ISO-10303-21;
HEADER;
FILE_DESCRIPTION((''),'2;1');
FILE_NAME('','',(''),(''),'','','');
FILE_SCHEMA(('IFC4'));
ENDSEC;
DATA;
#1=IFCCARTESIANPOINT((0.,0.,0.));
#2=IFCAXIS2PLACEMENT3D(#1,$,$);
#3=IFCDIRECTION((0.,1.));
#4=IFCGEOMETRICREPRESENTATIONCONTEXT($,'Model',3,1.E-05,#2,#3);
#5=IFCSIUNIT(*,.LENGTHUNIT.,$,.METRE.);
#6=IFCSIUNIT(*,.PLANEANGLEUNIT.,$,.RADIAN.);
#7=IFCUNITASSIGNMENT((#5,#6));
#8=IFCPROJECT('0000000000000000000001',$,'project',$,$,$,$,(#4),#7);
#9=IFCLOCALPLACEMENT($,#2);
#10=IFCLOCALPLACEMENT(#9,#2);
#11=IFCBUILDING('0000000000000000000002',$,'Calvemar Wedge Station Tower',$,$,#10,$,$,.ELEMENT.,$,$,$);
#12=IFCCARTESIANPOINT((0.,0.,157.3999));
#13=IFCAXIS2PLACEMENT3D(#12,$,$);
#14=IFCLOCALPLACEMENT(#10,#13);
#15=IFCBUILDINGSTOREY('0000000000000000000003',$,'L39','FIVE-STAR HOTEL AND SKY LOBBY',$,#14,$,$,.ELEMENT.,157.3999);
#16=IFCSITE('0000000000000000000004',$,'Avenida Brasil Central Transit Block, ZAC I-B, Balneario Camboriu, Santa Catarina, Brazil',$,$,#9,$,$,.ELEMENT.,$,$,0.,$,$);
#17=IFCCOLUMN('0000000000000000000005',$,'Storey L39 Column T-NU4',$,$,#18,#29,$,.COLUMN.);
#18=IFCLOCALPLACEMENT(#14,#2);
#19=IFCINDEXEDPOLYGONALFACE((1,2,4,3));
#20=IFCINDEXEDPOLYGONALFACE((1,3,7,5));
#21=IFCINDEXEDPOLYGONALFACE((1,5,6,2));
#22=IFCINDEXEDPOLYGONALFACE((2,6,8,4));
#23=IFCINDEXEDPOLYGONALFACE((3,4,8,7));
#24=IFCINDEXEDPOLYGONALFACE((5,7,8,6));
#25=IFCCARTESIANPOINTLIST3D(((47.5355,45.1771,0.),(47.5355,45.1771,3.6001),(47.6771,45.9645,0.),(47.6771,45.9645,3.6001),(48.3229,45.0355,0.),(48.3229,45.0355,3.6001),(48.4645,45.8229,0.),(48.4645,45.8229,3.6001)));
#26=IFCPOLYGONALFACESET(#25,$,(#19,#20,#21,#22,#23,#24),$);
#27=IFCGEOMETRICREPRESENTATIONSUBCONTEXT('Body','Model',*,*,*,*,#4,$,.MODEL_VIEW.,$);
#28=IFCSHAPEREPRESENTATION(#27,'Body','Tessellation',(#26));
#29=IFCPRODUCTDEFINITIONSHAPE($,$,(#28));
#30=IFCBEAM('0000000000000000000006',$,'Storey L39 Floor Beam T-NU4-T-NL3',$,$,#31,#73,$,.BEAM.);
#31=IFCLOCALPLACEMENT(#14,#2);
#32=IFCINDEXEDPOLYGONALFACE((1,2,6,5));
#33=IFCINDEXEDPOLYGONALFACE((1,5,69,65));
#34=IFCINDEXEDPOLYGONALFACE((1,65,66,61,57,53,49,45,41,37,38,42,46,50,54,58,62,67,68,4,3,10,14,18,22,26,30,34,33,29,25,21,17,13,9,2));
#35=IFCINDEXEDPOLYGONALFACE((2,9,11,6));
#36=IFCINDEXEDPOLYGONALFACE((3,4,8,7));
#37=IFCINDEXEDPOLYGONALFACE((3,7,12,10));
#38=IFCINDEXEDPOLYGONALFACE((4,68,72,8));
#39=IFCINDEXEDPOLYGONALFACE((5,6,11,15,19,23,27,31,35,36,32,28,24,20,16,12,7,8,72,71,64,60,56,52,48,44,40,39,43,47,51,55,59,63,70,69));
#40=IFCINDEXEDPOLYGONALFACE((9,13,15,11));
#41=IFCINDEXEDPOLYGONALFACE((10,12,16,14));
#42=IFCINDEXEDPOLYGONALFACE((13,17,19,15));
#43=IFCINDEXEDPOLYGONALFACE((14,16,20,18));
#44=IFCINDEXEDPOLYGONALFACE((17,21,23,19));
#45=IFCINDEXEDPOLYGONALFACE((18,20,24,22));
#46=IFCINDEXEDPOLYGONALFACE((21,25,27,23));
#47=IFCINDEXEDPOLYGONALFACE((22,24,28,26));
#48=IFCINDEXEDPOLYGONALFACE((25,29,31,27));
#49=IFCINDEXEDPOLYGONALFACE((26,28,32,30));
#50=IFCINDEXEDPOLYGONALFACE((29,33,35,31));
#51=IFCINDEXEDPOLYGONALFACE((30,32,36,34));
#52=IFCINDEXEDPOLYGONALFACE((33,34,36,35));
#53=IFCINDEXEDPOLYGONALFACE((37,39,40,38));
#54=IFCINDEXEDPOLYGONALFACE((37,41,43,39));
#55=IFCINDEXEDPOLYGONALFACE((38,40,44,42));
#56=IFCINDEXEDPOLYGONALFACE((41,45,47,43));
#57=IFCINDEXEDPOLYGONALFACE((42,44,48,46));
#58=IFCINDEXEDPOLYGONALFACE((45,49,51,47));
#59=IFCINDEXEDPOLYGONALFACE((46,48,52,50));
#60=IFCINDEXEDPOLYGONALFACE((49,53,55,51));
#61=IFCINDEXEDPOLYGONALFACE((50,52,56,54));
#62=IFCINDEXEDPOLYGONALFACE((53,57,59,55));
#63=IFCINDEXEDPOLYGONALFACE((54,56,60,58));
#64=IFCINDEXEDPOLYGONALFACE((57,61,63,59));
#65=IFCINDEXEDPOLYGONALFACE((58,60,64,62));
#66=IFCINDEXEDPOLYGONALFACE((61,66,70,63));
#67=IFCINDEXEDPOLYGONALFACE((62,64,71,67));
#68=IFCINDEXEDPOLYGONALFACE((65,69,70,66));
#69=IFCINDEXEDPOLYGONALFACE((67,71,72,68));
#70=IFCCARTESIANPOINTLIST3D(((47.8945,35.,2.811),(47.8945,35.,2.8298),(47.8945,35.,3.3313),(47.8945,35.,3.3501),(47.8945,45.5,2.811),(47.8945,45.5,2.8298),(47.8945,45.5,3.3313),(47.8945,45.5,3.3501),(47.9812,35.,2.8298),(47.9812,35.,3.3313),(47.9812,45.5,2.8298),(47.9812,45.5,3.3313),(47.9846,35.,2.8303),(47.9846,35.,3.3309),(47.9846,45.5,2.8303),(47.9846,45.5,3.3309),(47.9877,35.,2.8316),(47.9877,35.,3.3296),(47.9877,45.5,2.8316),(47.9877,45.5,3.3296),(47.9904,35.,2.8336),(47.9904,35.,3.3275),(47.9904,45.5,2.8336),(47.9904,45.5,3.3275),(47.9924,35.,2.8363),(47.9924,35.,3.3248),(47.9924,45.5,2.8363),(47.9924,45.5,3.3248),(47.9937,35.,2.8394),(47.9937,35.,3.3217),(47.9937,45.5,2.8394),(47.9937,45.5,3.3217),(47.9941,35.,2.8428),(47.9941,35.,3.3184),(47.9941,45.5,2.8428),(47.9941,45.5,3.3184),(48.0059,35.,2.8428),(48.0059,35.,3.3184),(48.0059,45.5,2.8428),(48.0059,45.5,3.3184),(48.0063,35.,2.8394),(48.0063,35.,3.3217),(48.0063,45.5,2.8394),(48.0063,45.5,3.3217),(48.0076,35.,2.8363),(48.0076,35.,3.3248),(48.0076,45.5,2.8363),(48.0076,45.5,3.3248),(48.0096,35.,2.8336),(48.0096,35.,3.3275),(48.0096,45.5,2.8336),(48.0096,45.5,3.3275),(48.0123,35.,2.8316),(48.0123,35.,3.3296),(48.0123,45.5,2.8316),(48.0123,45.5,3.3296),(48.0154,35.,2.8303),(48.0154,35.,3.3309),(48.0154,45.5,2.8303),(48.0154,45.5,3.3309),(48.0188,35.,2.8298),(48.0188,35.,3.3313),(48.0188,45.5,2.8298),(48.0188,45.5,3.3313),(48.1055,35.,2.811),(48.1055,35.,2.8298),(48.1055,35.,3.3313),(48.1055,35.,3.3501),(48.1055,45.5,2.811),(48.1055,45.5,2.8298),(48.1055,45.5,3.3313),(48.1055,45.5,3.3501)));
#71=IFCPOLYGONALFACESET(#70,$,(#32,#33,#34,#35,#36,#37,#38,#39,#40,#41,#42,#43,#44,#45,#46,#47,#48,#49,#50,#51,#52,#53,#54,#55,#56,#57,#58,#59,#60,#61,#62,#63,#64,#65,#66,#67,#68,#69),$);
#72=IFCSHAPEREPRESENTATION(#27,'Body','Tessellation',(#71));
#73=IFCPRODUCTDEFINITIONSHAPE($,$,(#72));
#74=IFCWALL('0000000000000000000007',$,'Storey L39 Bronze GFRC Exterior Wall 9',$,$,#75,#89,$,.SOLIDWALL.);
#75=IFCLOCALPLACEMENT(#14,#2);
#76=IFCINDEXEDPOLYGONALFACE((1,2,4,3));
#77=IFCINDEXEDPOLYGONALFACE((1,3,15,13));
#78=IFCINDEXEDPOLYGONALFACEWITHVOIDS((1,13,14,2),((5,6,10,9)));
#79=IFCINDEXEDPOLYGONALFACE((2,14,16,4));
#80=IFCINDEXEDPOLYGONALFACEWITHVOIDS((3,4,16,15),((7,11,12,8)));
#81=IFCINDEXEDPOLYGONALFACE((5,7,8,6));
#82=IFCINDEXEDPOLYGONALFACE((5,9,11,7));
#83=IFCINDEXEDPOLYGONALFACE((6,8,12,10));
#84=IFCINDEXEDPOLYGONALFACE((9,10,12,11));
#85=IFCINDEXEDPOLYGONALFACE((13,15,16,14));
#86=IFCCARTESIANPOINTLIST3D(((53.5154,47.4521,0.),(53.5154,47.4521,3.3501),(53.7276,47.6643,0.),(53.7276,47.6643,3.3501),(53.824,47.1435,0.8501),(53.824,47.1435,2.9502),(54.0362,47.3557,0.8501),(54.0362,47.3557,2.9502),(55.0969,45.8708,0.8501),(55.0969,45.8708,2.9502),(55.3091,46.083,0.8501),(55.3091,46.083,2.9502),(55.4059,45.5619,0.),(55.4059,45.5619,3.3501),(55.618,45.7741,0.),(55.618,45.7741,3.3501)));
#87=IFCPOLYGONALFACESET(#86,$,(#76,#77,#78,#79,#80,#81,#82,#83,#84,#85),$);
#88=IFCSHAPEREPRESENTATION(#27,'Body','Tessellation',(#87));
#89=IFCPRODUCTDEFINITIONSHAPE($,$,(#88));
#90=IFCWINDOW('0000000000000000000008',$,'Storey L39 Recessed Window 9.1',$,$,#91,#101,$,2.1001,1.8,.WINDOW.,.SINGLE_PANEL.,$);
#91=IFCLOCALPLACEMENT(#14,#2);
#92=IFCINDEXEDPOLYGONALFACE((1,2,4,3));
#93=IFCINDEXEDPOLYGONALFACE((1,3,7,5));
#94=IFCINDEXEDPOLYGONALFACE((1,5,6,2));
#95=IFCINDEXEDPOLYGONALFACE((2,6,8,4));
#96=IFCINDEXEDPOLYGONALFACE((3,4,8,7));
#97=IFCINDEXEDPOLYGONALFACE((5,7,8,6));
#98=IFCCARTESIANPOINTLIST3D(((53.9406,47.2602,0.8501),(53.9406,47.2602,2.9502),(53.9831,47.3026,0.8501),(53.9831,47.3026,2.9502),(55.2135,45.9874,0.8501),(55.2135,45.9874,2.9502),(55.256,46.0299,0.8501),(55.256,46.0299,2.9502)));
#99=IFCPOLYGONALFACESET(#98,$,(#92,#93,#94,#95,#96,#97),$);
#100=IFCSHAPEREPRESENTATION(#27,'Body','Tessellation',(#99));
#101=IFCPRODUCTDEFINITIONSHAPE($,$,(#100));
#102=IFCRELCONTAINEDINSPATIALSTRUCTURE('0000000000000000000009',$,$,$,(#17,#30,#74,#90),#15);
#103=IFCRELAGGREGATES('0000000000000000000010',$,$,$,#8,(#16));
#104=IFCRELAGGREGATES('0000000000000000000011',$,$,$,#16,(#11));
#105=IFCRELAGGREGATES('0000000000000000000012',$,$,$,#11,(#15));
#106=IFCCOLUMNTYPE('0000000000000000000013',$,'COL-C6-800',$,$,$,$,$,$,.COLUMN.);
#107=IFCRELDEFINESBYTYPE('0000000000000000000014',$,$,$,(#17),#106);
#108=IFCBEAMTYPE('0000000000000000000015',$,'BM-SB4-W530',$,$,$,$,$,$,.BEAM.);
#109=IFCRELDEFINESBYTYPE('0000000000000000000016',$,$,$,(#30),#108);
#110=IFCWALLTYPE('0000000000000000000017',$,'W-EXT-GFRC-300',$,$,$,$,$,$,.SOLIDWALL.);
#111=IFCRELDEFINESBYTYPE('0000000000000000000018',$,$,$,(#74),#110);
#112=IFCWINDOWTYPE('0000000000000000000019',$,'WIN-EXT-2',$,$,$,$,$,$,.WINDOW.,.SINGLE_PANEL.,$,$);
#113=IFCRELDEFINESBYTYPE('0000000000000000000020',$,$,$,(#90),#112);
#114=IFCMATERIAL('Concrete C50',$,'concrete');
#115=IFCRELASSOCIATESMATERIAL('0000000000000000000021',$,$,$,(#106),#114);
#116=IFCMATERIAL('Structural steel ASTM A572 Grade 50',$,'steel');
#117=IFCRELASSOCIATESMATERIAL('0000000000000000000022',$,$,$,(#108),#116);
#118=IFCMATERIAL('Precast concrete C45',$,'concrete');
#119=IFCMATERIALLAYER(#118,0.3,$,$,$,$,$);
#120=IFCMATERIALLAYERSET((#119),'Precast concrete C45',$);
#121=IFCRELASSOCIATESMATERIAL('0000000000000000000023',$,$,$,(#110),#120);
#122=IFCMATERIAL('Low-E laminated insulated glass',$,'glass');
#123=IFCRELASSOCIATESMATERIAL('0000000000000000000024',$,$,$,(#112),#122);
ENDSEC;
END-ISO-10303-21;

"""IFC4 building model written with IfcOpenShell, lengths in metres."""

from ifc_helpers import new_model, si_unit, direction, frame, frame_2d, origin, origin_2d, place, context, subcontext, project, spatial, rectangle, i_section, extrude, source, transform, mapped, material, layer, layer_set, material_profile, profile_set, type_object, element, fill, save


model = new_model("IFC4")

# Units and contexts
model_context = context("Model", 3, precision=1e-05, world=origin(), true_north=direction((0.0, 1.0)))
body_context = subcontext(model_context, "Body", "Model", "MODEL_VIEW")
ifc_project = project(units=[si_unit("LENGTHUNIT", "METRE"), si_unit("PLANEANGLEUNIT", "RADIAN")], contexts=[model_context])

# Site, building, storey
site_placement = place(None, origin())
site = spatial("IfcSite", under=ifc_project, at=site_placement, Name="Avenida Brasil Central Transit Block, ZAC I-B, Balneario Camboriu, Santa Catarina, Brazil", CompositionType="ELEMENT", RefElevation=0.0)
building_placement = place(site_placement, origin())
building = spatial("IfcBuilding", under=site, at=building_placement, Name="Calvemar Wedge Station Tower", CompositionType="ELEMENT")
storey_placement = place(building_placement, frame((0.0, 0.0, 157.3999)))
storey = spatial("IfcBuildingStorey", under=building, at=storey_placement, Name="L39", Description="FIVE-STAR HOTEL AND SKY LOBBY", CompositionType="ELEMENT", Elevation=157.3999)

# Column
ifc_material_1 = material(Name="Concrete C50", Category="concrete")
ifc_material_profile_1 = material_profile(ifc_material_1, rectangle(XDim=0.8, YDim=0.8, at=origin_2d()), Name="RC800x800")
ifc_profile_set_1 = profile_set([ifc_material_profile_1], Name="Concrete C50")
column_type = type_object("IfcColumnType", Name="COL-C6-800", PredefinedType="COLUMN", material=ifc_profile_set_1)
shared_shape_1 = source(origin(), body_context, "Body", "SweptSolid", [
    extrude(rectangle(XDim=0.8, YDim=0.8, at=origin_2d()), origin(), (0.0, 0.0, 1.0), 3.6001),
])
column_placement = place(storey_placement, frame((48.0, 45.5, 0.0), z_axis=(0.0, 0.0, 1.0), x_axis=(0.984196, -0.177085, 0.0)))
element("IfcColumn", 1, at=column_placement, inside=storey, type_object=column_type, Name="Storey L39 Column T-NU4", PredefinedType="COLUMN", context=body_context, shape_type="MappedRepresentation", body=[
    mapped(shared_shape_1, transform((0.0, 0.0, 0.0), scale=1.0)),
])

# Beam
ifc_material_2 = material(Name="Structural steel ASTM A572 Grade 50", Category="steel")
ifc_material_profile_2 = material_profile(ifc_material_2, i_section(OverallWidth=0.2109, OverallDepth=0.5391, WebThickness=0.0117, FlangeThickness=0.0188, FilletRadius=0.0129, at=origin_2d()), Name="W530x109")
ifc_profile_set_2 = profile_set([ifc_material_profile_2], Name="Structural steel ASTM A572 Grade 50")
beam_type = type_object("IfcBeamType", Name="BM-SB4-W530", PredefinedType="BEAM", material=ifc_profile_set_2)
shared_shape_2 = source(origin(), body_context, "Body", "SweptSolid", [
    extrude(i_section(OverallWidth=0.2109, OverallDepth=0.5391, WebThickness=0.0117, FlangeThickness=0.0188, FilletRadius=0.0129, at=origin_2d()), origin(), (0.0, 0.0, 1.0), 10.5),
])
beam_placement = place(storey_placement, frame((48.0, 45.5, 3.0806), z_axis=(0.0, -1.0, 0.0), x_axis=(1.0, 0.0, 0.0)))
element("IfcBeam", 2, at=beam_placement, inside=storey, type_object=beam_type, Name="Storey L39 Floor Beam T-NU4-T-NL3", PredefinedType="BEAM", context=body_context, shape_type="MappedRepresentation", body=[
    mapped(shared_shape_2, transform((0.0, 0.0, 0.0), scale=1.0)),
])

# Wall, opening, window
ifc_material_3 = material(Name="Precast concrete C45", Category="concrete")
ifc_layer_1 = layer(ifc_material_3, 0.3)
ifc_layer_set_1 = layer_set([ifc_layer_1], Name="Precast concrete C45")
wall_type_1 = type_object("IfcWallType", Name="W-EXT-GFRC-300", PredefinedType="SOLIDWALL", material=ifc_layer_set_1)
wall_1_placement = place(storey_placement, frame((55.512, 45.668, 0.0), z_axis=(0.0, 0.0, 1.0), x_axis=(-0.707152, 0.707061, 0.0)))
wall_1 = element("IfcWall", 3, at=wall_1_placement, inside=storey, type_object=wall_type_1, Name="Storey L39 Bronze GFRC Exterior Wall 9", PredefinedType="SOLIDWALL", context=body_context, shape_type="SweptSolid", body=[
    extrude(rectangle(XDim=2.6733, YDim=0.3, at=frame_2d((1.3367, 0.0))), origin(), (0.0, 0.0, 1.0), 3.3501),
])
shared_shape_3 = source(origin(), body_context, "Body", "SweptSolid", [
    extrude(rectangle(XDim=1.8, YDim=2.1001, at=frame_2d((0.8999, 1.05))), frame((0.0, 0.1602, 0.0), z_axis=(0.0, -1.0, 0.0), x_axis=(1.0, 0.0, 0.0)), (0.0, 0.0, 1.0), 0.3201),
])
opening_1_placement = place(wall_1_placement, frame((0.437, 0.0, 0.8501)))
opening_1 = element("IfcOpeningElement", 4, at=opening_1_placement, cuts=wall_1, PredefinedType="OPENING", context=body_context, shape_type="MappedRepresentation", body=[
    mapped(shared_shape_3, transform((0.0, 0.0, 0.0), scale=1.0)),
])
ifc_material_4 = material(Name="Low-E laminated insulated glass", Category="glass")
window_type_1 = type_object("IfcWindowType", Name="WIN-EXT-2", PartitioningType="SINGLE_PANEL", PredefinedType="WINDOW", material=ifc_material_4)
shared_shape_4 = source(origin(), body_context, "Body", "SweptSolid", [
    extrude(rectangle(XDim=1.8, YDim=2.1001, at=frame_2d((0.8999, 1.05))), frame((0.0, -0.0149, 0.0), z_axis=(0.0, -1.0, 0.0), x_axis=(1.0, 0.0, 0.0)), (0.0, 0.0, 1.0), 0.0601),
])
window_1_placement = place(opening_1_placement, origin())
window_1 = element("IfcWindow", 5, at=window_1_placement, inside=storey, type_object=window_type_1, Name="Storey L39 Recessed Window 9.1", OverallHeight=2.1001, OverallWidth=1.8, PartitioningType="SINGLE_PANEL", PredefinedType="WINDOW", context=body_context, shape_type="MappedRepresentation", body=[
    mapped(shared_shape_4, transform((0.0, 0.0, 0.0), scale=1.0)),
])
fill(opening_1, window_1)

save(model, "model.ifc")
